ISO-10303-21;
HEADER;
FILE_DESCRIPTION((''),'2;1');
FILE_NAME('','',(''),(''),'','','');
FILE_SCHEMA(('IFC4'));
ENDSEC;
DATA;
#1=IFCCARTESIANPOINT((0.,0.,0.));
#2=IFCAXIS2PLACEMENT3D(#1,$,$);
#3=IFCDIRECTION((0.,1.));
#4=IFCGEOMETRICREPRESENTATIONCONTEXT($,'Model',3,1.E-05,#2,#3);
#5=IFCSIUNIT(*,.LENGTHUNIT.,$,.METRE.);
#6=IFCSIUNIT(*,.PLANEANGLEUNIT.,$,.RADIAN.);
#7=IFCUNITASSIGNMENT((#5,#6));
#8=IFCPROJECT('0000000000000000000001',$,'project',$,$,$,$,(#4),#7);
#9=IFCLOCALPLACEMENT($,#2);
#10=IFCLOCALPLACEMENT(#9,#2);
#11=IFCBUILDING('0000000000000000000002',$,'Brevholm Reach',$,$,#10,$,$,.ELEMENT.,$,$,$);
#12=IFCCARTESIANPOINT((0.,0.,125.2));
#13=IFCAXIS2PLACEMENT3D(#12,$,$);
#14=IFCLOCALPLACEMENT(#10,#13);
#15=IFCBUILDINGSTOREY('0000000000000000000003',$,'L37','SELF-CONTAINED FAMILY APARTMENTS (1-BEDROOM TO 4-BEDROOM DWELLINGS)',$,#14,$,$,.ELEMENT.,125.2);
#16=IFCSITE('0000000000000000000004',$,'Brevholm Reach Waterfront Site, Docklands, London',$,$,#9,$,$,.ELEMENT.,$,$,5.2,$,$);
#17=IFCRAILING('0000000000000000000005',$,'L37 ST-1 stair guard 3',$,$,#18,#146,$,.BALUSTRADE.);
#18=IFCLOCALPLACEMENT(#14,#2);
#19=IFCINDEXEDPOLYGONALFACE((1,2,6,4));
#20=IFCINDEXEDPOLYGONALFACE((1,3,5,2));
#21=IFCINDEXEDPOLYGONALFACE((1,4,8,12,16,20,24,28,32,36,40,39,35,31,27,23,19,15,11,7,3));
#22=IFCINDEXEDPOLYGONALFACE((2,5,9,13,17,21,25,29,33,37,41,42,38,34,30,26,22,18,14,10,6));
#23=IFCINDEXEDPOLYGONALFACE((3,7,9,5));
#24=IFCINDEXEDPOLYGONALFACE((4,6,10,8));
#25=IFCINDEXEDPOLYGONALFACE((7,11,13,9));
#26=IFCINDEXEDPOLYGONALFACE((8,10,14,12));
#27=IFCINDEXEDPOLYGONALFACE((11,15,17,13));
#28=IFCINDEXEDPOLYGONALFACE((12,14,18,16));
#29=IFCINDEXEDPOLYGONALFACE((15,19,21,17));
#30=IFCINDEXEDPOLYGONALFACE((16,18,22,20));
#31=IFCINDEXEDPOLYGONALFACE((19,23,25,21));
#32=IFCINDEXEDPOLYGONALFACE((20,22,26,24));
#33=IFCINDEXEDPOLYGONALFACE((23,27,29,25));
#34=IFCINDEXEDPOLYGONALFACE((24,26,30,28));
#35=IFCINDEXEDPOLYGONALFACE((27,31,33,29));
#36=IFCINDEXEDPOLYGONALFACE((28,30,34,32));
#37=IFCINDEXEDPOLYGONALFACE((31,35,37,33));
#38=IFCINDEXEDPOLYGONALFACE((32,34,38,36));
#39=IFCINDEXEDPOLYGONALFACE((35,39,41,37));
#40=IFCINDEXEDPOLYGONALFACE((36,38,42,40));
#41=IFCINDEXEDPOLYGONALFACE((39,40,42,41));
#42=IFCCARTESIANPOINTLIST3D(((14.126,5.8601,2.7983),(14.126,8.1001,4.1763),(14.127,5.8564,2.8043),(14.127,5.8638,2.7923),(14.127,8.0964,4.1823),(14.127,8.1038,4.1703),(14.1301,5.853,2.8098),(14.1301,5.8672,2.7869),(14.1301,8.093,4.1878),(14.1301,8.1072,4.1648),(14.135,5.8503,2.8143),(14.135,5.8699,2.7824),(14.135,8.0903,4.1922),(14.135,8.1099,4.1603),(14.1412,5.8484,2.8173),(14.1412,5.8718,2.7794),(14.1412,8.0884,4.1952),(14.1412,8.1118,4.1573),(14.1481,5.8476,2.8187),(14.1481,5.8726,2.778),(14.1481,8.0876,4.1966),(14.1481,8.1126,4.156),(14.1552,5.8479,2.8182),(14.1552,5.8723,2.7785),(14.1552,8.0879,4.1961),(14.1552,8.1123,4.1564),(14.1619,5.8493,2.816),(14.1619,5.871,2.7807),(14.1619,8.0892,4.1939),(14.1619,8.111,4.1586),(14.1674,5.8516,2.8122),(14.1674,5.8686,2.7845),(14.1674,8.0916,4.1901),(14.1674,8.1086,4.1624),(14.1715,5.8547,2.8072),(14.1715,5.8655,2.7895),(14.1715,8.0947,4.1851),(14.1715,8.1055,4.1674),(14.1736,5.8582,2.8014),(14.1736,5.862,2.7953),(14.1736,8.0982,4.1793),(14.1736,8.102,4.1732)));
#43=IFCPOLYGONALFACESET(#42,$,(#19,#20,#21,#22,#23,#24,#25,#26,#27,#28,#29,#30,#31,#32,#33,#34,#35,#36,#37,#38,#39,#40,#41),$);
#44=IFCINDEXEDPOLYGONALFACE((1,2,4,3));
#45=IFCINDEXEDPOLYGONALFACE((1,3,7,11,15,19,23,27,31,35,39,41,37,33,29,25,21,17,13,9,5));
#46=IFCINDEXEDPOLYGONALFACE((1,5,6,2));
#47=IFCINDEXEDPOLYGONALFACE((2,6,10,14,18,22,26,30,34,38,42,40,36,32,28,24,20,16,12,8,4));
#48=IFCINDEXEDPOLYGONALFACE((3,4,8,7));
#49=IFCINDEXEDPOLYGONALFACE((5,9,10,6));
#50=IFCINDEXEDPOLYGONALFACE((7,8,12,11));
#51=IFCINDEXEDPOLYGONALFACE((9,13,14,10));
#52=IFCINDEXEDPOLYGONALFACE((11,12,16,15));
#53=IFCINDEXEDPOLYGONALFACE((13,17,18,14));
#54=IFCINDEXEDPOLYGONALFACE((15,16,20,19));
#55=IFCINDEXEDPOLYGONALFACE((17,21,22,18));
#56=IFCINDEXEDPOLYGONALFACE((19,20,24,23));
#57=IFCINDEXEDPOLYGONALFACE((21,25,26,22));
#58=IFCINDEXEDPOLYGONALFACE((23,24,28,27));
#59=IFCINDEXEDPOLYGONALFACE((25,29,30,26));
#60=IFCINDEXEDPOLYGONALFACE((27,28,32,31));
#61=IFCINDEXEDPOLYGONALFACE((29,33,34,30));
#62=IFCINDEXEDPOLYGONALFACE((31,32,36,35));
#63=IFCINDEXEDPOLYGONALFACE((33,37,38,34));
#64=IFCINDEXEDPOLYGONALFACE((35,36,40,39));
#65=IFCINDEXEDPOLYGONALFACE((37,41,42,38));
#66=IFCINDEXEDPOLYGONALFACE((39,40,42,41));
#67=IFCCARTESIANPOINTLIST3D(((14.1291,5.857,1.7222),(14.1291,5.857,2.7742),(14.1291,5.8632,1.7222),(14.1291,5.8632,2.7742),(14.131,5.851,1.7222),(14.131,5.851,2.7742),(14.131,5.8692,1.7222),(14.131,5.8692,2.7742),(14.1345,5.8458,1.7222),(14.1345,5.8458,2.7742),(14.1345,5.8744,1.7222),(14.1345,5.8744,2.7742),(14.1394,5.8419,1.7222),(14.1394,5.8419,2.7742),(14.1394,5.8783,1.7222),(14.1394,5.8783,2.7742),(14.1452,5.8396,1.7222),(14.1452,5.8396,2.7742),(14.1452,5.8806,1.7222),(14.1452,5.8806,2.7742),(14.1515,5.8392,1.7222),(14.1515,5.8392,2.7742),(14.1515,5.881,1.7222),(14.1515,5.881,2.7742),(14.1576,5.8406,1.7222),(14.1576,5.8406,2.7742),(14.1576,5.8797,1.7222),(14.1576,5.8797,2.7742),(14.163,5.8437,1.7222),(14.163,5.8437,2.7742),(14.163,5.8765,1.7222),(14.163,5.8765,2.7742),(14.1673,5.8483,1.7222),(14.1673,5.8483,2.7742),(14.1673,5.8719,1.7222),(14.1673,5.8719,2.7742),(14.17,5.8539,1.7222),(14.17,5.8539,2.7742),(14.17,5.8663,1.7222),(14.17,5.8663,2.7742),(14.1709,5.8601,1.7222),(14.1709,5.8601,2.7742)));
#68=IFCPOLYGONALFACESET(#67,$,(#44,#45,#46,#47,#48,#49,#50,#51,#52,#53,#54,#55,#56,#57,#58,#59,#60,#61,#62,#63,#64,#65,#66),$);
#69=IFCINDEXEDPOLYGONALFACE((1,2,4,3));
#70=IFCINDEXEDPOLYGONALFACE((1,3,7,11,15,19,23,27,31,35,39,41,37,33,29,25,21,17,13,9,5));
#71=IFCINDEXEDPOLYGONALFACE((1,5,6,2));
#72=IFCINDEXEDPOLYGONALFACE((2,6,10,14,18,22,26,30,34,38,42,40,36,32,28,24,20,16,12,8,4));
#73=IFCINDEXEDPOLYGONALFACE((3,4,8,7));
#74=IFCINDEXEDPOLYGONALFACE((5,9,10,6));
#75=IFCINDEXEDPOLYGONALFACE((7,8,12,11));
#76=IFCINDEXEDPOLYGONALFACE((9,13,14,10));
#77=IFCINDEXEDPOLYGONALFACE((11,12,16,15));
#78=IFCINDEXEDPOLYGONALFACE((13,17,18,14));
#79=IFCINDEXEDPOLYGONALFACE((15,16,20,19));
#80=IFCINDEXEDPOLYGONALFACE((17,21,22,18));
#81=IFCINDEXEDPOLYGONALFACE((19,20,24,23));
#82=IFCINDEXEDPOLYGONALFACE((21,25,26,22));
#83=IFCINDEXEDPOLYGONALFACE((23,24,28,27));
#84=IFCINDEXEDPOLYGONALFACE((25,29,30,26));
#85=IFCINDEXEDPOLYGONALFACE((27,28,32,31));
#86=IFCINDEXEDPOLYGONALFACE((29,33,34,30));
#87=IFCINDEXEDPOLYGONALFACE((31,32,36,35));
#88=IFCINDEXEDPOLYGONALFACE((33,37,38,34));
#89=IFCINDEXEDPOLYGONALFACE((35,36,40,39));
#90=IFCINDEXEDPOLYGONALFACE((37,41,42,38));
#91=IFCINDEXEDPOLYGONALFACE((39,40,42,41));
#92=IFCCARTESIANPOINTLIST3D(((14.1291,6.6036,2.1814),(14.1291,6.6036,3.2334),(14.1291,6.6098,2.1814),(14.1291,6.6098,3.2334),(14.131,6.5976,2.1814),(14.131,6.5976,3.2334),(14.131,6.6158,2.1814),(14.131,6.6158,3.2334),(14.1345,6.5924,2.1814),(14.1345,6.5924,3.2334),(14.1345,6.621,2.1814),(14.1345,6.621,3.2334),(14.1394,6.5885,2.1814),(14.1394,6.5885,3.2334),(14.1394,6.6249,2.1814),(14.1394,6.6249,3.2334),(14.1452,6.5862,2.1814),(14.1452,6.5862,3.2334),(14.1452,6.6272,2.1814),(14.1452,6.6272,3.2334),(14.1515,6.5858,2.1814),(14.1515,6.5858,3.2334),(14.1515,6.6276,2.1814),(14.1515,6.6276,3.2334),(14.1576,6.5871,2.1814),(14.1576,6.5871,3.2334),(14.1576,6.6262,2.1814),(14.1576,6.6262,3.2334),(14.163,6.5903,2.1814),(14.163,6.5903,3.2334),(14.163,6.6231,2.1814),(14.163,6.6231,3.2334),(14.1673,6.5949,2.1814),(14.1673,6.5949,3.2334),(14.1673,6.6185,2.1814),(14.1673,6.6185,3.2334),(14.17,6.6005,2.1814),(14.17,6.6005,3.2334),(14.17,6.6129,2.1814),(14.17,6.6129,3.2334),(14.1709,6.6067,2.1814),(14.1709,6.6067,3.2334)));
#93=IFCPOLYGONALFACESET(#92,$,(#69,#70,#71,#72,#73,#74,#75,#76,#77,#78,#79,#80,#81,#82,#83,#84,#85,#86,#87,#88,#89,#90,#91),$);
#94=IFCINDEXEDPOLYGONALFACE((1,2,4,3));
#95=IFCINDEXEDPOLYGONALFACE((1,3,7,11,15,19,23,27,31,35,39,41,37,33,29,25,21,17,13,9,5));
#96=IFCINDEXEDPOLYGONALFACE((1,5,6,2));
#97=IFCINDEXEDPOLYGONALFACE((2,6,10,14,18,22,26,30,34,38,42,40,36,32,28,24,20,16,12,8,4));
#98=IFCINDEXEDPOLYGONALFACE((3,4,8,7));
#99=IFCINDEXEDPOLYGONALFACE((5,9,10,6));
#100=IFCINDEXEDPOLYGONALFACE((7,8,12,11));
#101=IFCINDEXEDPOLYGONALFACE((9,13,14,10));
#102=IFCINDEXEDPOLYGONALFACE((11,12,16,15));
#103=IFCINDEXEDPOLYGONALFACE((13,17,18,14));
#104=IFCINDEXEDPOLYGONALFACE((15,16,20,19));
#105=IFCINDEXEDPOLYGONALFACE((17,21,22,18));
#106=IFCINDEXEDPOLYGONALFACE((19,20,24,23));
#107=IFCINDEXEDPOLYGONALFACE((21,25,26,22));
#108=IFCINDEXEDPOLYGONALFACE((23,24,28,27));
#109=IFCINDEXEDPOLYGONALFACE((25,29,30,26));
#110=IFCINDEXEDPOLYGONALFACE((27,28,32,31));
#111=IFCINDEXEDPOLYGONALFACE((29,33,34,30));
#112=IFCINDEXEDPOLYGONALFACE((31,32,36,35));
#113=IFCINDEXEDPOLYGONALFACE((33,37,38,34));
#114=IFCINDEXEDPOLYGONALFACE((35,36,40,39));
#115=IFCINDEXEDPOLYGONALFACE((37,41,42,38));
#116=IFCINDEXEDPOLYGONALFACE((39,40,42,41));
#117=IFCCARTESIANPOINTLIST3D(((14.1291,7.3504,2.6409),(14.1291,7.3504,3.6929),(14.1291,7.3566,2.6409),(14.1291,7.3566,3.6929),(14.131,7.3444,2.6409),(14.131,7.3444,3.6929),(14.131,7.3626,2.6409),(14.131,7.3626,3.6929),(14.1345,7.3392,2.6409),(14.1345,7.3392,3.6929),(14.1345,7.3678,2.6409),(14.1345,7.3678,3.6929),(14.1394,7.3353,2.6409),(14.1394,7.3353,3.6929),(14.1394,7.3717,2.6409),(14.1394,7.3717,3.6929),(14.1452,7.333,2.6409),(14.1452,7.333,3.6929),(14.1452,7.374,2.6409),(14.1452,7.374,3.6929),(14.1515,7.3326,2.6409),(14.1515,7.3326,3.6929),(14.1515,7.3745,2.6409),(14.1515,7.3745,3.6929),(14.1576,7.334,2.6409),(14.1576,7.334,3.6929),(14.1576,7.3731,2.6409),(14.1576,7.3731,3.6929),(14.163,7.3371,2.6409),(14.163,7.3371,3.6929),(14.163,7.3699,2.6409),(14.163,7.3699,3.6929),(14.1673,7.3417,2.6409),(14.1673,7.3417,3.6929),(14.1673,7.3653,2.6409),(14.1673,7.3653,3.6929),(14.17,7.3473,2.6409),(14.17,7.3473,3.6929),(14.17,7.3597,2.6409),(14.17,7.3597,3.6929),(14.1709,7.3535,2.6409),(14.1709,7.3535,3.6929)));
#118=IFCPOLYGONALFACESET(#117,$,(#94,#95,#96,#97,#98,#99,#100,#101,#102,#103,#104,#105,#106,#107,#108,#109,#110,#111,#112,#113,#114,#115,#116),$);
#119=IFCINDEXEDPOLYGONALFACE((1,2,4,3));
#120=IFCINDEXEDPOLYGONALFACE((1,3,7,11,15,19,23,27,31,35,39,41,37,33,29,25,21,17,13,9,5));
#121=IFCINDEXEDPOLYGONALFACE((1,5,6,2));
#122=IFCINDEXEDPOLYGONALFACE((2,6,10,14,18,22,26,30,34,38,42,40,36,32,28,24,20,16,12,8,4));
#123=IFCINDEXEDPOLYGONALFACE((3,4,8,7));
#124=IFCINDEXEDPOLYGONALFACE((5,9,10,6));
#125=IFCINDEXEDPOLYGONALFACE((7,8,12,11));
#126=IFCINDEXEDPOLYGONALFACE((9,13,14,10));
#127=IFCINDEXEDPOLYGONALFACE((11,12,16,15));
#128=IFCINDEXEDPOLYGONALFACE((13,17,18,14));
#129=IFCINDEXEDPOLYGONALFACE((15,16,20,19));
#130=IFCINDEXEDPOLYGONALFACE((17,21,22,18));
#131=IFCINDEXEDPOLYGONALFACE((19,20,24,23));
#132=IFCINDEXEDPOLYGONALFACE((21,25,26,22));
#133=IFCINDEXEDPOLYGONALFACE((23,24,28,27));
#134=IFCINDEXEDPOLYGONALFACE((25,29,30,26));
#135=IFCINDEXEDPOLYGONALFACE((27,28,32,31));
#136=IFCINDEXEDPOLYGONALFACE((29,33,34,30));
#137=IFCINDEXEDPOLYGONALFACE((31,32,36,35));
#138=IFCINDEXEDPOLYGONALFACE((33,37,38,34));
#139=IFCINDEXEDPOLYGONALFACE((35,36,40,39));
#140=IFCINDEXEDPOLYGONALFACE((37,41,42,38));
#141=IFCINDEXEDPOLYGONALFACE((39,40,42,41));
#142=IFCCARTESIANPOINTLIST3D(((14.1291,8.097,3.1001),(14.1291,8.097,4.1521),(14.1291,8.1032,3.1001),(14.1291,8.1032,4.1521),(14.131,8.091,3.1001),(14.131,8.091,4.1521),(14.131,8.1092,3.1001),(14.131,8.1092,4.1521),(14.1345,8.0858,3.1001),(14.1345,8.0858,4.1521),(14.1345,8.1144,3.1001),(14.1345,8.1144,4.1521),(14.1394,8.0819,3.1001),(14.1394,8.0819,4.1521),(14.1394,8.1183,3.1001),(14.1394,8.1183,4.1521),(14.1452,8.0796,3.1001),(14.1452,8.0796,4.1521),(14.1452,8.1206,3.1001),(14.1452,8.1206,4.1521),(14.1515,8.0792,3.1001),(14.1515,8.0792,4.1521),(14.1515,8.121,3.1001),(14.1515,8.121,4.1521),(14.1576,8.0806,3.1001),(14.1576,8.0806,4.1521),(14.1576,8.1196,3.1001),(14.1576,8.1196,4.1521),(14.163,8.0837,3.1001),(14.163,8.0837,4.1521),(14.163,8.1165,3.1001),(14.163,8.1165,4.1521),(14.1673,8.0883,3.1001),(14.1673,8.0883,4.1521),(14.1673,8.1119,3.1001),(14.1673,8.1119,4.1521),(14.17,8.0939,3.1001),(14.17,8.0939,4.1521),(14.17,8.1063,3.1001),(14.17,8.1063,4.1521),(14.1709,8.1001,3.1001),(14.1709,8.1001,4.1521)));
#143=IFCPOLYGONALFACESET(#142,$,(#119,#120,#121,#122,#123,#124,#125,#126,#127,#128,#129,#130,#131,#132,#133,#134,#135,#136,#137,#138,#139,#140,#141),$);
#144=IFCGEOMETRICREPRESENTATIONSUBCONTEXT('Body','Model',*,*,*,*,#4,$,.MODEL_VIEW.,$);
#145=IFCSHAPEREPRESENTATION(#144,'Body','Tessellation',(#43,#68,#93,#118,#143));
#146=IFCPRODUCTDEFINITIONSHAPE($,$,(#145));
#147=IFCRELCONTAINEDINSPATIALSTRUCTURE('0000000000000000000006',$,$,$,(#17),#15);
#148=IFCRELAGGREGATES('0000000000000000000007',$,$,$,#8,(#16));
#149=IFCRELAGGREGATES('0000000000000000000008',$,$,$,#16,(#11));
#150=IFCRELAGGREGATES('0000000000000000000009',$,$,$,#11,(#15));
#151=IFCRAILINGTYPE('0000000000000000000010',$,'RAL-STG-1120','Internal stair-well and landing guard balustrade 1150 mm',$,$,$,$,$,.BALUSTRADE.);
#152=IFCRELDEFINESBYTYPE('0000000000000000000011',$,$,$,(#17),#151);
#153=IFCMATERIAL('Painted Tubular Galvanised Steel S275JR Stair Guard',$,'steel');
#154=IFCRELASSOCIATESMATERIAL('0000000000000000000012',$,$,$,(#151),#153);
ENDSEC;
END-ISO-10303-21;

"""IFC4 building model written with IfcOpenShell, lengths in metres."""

from ifc_helpers import new_model, si_unit, direction, frame, origin, origin_2d, place, context, subcontext, project, spatial, circle, extrude, material, type_object, element, save


model = new_model("IFC4")

# Units and contexts
model_context = context("Model", 3, precision=1e-05, world=origin(), true_north=direction((0.0, 1.0)))
body_context = subcontext(model_context, "Body", "Model", "MODEL_VIEW")
ifc_project = project(units=[si_unit("LENGTHUNIT", "METRE"), si_unit("PLANEANGLEUNIT", "RADIAN")], contexts=[model_context])

# Site, building, storey
site_placement = place(None, origin())
site = spatial("IfcSite", under=ifc_project, at=site_placement, Name="Brevholm Reach Waterfront Site, Docklands, London", CompositionType="ELEMENT", RefElevation=5.2)
building_placement = place(site_placement, origin())
building = spatial("IfcBuilding", under=site, at=building_placement, Name="Brevholm Reach", CompositionType="ELEMENT")
storey_placement = place(building_placement, frame((0.0, 0.0, 125.2)))
storey = spatial("IfcBuildingStorey", under=building, at=storey_placement, Name="L37", Description="SELF-CONTAINED FAMILY APARTMENTS (1-BEDROOM TO 4-BEDROOM DWELLINGS)", CompositionType="ELEMENT", Elevation=125.2)

# Railing
ifc_material_1 = material(Name="Painted Tubular Galvanised Steel S275JR Stair Guard", Category="steel")
railing_type_1 = type_object("IfcRailingType", Name="RAL-STG-1120", Description="Internal stair-well and landing guard balustrade 1150 mm", PredefinedType="BALUSTRADE", material=ifc_material_1)
railing_1_placement = place(storey_placement, frame((14.1499, 5.8601, 1.7222)))
element("IfcRailing", 1, at=railing_1_placement, inside=storey, type_object=railing_type_1, Name="L37 ST-1 stair guard 3", PredefinedType="BALUSTRADE", context=body_context, shape_type="SweptSolid", body=[
    extrude(circle(Radius=0.0239, at=origin_2d()), frame((0.0, 0.0, 1.0762), z_axis=(0.0, 0.851748, 0.523952), x_axis=(-1.0, 0.0, 0.0)), (0.0, 0.0, 1.0), 2.6299),
    extrude(circle(Radius=0.021, at=origin_2d()), origin(), (0.0, 0.0, 1.0), 1.052),
    extrude(circle(Radius=0.021, at=origin_2d()), frame((0.0, 0.7466, 0.4592)), (0.0, 0.0, 1.0), 1.052),
    extrude(circle(Radius=0.021, at=origin_2d()), frame((0.0, 1.4934, 0.9187)), (0.0, 0.0, 1.0), 1.052),
    extrude(circle(Radius=0.021, at=origin_2d()), frame((0.0, 2.24, 1.3779)), (0.0, 0.0, 1.0), 1.052),
])

save(model, "model.ifc")
